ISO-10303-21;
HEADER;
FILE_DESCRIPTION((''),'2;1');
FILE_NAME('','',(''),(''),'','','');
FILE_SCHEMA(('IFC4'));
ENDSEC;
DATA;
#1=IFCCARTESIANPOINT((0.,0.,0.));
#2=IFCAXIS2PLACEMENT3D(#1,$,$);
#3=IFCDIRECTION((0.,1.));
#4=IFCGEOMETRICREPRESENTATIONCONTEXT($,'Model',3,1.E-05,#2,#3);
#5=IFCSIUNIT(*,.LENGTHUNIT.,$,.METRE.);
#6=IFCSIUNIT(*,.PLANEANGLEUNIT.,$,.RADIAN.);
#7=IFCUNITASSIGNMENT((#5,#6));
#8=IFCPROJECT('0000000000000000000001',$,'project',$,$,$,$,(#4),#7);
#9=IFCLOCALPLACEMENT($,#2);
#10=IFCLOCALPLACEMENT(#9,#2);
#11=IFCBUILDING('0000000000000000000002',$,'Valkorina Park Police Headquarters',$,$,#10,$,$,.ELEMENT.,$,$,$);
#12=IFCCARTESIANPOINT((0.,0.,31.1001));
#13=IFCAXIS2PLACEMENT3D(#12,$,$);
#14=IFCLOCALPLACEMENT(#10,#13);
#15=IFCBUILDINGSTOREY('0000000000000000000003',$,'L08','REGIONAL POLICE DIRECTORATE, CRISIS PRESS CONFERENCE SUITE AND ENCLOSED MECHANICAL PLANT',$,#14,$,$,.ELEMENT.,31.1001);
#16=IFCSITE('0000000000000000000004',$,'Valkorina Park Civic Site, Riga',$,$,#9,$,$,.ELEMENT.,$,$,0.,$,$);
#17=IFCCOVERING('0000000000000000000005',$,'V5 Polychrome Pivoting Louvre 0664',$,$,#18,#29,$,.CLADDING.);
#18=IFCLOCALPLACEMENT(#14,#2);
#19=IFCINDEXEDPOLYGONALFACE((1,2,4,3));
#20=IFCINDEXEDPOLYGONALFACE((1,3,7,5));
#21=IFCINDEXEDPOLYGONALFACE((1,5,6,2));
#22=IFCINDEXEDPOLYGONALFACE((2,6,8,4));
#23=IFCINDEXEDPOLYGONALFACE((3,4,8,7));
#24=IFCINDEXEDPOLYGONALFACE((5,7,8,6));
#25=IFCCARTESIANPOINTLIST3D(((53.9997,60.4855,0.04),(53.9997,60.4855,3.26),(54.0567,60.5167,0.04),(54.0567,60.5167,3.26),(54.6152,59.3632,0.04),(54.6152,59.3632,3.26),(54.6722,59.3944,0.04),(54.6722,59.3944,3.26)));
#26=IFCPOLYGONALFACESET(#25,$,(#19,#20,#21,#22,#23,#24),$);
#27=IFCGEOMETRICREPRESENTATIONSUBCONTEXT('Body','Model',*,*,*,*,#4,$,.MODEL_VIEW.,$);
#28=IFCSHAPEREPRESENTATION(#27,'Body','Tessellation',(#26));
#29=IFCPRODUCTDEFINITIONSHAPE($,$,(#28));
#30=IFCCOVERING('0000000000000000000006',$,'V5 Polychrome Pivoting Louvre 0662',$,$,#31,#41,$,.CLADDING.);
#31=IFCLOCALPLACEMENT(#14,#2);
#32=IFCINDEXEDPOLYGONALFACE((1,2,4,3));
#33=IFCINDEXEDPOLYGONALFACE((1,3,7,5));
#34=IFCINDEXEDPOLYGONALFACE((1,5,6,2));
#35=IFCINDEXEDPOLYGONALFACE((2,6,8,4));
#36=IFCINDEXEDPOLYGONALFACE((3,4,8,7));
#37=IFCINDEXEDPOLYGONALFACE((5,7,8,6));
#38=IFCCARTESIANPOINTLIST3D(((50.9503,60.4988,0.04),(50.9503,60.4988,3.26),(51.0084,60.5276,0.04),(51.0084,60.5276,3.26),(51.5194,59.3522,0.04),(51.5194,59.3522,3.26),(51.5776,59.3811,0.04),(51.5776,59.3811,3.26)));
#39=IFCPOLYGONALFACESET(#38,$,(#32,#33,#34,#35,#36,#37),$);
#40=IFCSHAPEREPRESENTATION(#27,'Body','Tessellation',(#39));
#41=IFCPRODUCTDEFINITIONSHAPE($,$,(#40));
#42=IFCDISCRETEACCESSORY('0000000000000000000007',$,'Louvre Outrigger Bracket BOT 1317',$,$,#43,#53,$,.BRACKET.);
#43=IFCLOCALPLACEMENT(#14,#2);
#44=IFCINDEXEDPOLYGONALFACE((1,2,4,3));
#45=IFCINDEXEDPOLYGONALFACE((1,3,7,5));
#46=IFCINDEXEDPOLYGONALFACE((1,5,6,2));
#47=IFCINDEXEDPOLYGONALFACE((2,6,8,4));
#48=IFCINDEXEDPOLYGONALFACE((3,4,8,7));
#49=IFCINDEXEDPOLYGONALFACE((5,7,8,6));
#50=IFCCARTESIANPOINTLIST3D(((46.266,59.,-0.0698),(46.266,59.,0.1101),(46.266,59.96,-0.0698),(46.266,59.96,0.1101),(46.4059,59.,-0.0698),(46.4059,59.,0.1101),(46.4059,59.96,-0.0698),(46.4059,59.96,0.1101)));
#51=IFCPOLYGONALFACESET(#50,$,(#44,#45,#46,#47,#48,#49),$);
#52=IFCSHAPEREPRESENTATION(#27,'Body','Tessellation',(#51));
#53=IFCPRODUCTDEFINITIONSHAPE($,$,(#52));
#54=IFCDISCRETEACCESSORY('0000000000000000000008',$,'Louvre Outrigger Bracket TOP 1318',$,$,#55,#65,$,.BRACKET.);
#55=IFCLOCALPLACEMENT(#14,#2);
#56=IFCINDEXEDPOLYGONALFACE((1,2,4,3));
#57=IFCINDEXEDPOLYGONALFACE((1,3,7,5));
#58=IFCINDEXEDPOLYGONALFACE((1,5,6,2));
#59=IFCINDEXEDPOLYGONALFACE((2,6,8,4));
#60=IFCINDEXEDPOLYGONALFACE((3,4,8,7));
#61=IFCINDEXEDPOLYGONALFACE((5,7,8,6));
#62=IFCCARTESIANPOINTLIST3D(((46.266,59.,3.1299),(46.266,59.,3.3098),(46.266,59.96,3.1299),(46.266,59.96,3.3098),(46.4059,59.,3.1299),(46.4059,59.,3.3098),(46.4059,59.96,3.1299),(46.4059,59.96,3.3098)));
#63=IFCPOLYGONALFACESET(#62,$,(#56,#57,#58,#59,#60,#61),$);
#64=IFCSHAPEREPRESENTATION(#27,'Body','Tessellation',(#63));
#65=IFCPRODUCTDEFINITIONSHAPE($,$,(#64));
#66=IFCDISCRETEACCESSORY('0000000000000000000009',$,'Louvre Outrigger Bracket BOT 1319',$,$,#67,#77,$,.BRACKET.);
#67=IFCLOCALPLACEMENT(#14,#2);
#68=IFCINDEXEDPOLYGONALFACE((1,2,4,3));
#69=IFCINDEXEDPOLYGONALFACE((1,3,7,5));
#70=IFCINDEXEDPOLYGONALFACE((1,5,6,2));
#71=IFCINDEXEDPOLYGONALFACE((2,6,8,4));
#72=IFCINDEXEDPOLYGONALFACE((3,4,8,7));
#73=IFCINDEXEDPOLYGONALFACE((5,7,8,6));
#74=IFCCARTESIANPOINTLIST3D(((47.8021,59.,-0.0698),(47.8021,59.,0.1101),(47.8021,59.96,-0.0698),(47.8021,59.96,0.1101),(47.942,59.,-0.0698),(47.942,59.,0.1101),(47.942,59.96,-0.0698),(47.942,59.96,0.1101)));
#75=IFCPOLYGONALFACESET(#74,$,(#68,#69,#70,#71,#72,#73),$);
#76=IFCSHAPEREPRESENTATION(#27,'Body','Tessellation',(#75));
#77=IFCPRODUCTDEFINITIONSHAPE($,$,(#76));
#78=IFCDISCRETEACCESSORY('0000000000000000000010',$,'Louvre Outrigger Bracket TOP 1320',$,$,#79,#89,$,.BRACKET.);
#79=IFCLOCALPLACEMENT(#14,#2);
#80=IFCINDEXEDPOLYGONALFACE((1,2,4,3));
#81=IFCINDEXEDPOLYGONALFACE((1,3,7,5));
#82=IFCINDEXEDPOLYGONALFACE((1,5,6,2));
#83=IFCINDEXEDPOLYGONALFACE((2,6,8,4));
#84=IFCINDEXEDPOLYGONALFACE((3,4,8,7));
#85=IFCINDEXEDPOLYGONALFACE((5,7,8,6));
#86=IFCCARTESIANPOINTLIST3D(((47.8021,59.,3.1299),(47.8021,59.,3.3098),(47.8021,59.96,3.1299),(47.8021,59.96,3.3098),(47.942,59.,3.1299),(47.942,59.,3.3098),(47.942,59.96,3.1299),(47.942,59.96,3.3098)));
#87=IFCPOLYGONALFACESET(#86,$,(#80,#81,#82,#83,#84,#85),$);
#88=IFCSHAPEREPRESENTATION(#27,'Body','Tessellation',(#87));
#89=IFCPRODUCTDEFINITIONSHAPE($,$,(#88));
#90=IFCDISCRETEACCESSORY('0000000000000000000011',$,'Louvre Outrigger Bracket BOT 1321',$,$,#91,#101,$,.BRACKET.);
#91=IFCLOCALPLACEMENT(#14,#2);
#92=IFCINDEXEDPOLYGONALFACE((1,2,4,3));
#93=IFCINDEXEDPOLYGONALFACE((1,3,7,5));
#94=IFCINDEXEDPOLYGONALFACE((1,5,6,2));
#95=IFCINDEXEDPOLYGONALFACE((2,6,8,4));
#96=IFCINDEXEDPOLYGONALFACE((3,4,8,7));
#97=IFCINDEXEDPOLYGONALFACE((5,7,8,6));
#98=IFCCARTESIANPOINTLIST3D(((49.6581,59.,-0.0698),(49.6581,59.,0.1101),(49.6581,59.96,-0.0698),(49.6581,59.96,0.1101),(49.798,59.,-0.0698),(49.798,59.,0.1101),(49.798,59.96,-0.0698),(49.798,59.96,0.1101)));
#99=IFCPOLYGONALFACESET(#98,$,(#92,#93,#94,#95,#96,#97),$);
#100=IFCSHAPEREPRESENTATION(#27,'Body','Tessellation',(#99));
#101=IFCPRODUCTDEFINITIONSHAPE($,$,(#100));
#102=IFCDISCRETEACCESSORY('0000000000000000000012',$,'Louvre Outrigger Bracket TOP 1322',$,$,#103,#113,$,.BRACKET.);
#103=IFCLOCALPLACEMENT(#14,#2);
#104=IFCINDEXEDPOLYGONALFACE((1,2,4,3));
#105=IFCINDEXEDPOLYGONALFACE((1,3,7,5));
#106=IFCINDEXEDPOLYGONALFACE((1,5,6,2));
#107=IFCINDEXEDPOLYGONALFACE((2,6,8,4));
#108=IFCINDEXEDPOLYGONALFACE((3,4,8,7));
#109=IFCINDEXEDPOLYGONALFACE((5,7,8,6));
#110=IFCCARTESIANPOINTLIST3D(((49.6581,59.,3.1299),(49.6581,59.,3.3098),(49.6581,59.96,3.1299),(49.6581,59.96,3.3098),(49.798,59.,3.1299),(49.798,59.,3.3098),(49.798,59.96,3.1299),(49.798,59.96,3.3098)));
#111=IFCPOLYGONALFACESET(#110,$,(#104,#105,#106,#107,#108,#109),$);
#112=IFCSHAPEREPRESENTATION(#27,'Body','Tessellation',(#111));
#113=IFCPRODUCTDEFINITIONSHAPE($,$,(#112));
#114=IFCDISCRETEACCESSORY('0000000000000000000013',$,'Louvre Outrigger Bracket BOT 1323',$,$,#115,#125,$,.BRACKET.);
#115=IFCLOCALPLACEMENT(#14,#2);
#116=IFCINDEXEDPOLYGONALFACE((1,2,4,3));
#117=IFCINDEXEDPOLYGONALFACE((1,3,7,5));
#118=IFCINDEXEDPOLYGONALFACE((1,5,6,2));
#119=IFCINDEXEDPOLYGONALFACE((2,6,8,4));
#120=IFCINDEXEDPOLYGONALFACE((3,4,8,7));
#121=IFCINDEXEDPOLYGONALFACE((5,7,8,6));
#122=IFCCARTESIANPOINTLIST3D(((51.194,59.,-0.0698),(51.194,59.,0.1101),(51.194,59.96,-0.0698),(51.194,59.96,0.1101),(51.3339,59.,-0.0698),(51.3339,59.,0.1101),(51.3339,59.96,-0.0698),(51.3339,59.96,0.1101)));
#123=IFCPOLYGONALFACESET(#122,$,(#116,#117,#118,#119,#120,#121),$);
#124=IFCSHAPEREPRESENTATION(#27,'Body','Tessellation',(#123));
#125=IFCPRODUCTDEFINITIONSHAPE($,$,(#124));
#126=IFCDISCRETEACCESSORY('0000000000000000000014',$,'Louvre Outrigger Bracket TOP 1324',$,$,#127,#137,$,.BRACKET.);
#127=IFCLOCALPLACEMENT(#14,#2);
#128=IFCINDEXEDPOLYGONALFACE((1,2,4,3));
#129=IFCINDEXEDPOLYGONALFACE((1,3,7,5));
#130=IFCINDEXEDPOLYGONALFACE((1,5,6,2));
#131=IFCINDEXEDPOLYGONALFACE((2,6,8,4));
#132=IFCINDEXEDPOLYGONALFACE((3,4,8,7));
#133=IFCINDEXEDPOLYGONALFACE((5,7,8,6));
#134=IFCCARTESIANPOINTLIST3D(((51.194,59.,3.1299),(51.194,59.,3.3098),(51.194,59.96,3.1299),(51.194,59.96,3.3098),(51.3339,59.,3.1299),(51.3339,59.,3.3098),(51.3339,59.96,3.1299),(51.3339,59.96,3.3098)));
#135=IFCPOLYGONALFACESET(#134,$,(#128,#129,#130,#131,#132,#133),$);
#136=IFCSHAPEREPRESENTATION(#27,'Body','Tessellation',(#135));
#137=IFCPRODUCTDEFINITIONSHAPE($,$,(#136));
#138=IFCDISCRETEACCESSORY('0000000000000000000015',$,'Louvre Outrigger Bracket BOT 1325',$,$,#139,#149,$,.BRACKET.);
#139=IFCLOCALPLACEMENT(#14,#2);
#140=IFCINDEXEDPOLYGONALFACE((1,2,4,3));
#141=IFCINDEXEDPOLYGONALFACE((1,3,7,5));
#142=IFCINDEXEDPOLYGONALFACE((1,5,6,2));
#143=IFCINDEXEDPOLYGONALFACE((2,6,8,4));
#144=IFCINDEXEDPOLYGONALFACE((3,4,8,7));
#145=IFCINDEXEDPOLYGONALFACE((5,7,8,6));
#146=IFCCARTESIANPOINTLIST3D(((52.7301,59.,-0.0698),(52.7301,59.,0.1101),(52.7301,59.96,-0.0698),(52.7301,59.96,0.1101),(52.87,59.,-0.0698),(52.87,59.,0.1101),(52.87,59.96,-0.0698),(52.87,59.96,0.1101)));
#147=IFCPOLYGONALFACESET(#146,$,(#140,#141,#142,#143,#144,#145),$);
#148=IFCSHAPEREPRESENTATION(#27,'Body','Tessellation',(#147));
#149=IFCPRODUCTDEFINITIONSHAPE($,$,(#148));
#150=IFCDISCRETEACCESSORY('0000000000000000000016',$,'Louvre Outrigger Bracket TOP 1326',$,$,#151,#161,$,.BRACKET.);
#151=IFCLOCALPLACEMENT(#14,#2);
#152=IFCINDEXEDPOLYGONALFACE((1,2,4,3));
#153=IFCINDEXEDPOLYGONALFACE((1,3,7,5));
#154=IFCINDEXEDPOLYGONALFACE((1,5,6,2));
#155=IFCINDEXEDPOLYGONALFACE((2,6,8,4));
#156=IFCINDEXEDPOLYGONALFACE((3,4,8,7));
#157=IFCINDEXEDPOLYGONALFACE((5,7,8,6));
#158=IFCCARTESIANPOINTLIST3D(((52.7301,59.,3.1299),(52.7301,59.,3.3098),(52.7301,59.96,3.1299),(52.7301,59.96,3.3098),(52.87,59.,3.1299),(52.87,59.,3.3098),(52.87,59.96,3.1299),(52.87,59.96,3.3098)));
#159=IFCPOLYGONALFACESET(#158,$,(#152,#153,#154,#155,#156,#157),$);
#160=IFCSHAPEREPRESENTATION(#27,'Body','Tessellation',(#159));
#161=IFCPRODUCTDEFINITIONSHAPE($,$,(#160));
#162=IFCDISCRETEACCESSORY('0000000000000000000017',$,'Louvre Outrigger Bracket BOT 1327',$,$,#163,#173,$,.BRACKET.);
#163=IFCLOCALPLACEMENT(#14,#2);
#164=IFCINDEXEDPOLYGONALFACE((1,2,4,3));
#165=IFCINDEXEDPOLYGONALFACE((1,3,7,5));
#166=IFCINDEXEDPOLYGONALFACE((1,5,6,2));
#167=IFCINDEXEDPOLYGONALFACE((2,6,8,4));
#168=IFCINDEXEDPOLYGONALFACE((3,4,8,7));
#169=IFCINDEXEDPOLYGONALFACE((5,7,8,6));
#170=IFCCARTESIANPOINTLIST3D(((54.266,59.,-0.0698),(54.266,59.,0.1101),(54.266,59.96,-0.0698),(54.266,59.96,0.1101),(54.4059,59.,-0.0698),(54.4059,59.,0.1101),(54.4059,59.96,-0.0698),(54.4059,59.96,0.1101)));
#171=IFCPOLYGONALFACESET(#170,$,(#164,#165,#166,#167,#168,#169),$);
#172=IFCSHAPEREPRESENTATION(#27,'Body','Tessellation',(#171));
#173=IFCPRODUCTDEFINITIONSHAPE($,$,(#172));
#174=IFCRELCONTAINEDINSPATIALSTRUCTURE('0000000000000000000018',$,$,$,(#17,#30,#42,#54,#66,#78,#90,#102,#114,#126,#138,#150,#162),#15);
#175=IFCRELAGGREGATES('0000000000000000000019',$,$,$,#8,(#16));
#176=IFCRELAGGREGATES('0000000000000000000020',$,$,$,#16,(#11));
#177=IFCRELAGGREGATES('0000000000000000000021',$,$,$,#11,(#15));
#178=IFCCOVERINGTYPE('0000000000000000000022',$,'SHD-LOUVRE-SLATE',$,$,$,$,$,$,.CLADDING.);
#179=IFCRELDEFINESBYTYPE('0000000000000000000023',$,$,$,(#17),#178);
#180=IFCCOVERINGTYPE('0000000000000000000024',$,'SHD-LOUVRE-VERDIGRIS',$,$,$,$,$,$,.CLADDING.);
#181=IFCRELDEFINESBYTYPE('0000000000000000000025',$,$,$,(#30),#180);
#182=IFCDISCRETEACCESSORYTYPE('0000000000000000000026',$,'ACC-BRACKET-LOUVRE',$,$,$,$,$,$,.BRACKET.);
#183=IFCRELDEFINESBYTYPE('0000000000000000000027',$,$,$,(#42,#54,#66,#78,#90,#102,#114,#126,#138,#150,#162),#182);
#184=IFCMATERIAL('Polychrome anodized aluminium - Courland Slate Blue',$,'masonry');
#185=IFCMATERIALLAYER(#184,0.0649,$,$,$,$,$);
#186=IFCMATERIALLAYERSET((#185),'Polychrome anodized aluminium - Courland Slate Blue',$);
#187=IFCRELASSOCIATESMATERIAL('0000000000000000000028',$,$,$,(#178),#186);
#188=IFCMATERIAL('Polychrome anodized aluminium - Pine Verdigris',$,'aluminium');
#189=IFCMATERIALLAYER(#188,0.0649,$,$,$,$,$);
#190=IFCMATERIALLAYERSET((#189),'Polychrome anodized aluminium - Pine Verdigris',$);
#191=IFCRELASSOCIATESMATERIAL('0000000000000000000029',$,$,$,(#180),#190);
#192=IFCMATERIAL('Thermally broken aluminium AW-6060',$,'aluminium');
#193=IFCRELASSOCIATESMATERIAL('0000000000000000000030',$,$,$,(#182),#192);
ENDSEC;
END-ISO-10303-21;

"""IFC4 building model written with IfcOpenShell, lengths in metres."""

from ifc_helpers import new_model, si_unit, direction, frame, origin, origin_2d, place, context, subcontext, project, spatial, rectangle, extrude, material, layer, layer_set, type_object, element, save


model = new_model("IFC4")

# Units and contexts
model_context = context("Model", 3, precision=1e-05, world=origin(), true_north=direction((0.0, 1.0)))
body_context = subcontext(model_context, "Body", "Model", "MODEL_VIEW")
ifc_project = project(units=[si_unit("LENGTHUNIT", "METRE"), si_unit("PLANEANGLEUNIT", "RADIAN")], contexts=[model_context])

# Site, building, storey
site_placement = place(None, origin())
site = spatial("IfcSite", under=ifc_project, at=site_placement, Name="Valkorina Park Civic Site, Riga", CompositionType="ELEMENT", RefElevation=0.0)
building_placement = place(site_placement, origin())
building = spatial("IfcBuilding", under=site, at=building_placement, Name="Valkorina Park Police Headquarters", CompositionType="ELEMENT")
storey_placement = place(building_placement, frame((0.0, 0.0, 31.1001)))
storey = spatial("IfcBuildingStorey", under=building, at=storey_placement, Name="L08", Description="REGIONAL POLICE DIRECTORATE, CRISIS PRESS CONFERENCE SUITE AND ENCLOSED MECHANICAL PLANT", CompositionType="ELEMENT", Elevation=31.1001)

# Shared definitions
ifc_material_1 = material(Name="Thermally broken aluminium AW-6060", Category="aluminium")

# Coverings
ifc_material_2 = material(Name="Polychrome anodized aluminium - Courland Slate Blue", Category="masonry")
ifc_layer_1 = layer(ifc_material_2, 0.0649)
ifc_layer_set_1 = layer_set([ifc_layer_1], Name="Polychrome anodized aluminium - Courland Slate Blue")
covering_type_1 = type_object("IfcCoveringType", Name="SHD-LOUVRE-SLATE", PredefinedType="CLADDING", material=ifc_layer_set_1)
for number, where, z_axis, x_axis, name in (
    (1, (54.3359, 59.9399, 0.04), (0.0, 0.0, 1.0), (-0.480836, 0.876811, 0.0), "V5 Polychrome Pivoting Louvre 0664"),
):
    element("IfcCovering", number, at=place(storey_placement, frame(where, z_axis=z_axis, x_axis=x_axis)), inside=storey, type_object=covering_type_1, Name=name, PredefinedType="CLADDING", context=body_context, shape_type="SweptSolid", body=[
        extrude(rectangle(XDim=1.28, YDim=0.0649, at=origin_2d()), origin(), (0.0, 0.0, 1.0), 3.22),
    ])
ifc_material_3 = material(Name="Polychrome anodized aluminium - Pine Verdigris", Category="aluminium")
ifc_layer_2 = layer(ifc_material_3, 0.0649)
ifc_layer_set_2 = layer_set([ifc_layer_2], Name="Polychrome anodized aluminium - Pine Verdigris")
covering_type_2 = type_object("IfcCoveringType", Name="SHD-LOUVRE-VERDIGRIS", PredefinedType="CLADDING", material=ifc_layer_set_2)
covering_1_placement = place(storey_placement, frame((51.2639, 59.9399, 0.04), z_axis=(0.0, 0.0, 1.0), x_axis=(-0.444635, 0.895712, 0.0)))
element("IfcCovering", 2, at=covering_1_placement, inside=storey, type_object=covering_type_2, Name="V5 Polychrome Pivoting Louvre 0662", PredefinedType="CLADDING", context=body_context, shape_type="SweptSolid", body=[
    extrude(rectangle(XDim=1.28, YDim=0.0649, at=origin_2d()), origin(), (0.0, 0.0, 1.0), 3.22),
])

# Discrete accessories
discrete_accessory_type = type_object("IfcDiscreteAccessoryType", Name="ACC-BRACKET-LOUVRE", PredefinedType="BRACKET", material=ifc_material_1)
for number, where, z_axis, x_axis, name in (
    (3, (46.3359, 59.48, -0.0698), (0.0, 0.0, 1.0), (0.0, 1.0, 0.0), "Louvre Outrigger Bracket BOT 1317"),
    (4, (46.3359, 59.48, 3.1299), (0.0, 0.0, 1.0), (0.0, 1.0, 0.0), "Louvre Outrigger Bracket TOP 1318"),
    (5, (47.8721, 59.48, -0.0698), (0.0, 0.0, 1.0), (0.0, 1.0, 0.0), "Louvre Outrigger Bracket BOT 1319"),
    (6, (47.8721, 59.48, 3.1299), (0.0, 0.0, 1.0), (0.0, 1.0, 0.0), "Louvre Outrigger Bracket TOP 1320"),
    (7, (49.728, 59.48, -0.0698), (0.0, 0.0, 1.0), (0.0, 1.0, 0.0), "Louvre Outrigger Bracket BOT 1321"),
    (8, (49.728, 59.48, 3.1299), (0.0, 0.0, 1.0), (0.0, 1.0, 0.0), "Louvre Outrigger Bracket TOP 1322"),
    (9, (51.2639, 59.48, -0.0698), (0.0, 0.0, 1.0), (0.0, 1.0, 0.0), "Louvre Outrigger Bracket BOT 1323"),
    (10, (51.2639, 59.48, 3.1299), (0.0, 0.0, 1.0), (0.0, 1.0, 0.0), "Louvre Outrigger Bracket TOP 1324"),
    (11, (52.8, 59.48, -0.0698), (0.0, 0.0, 1.0), (0.0, 1.0, 0.0), "Louvre Outrigger Bracket BOT 1325"),
    (12, (52.8, 59.48, 3.1299), (0.0, 0.0, 1.0), (0.0, 1.0, 0.0), "Louvre Outrigger Bracket TOP 1326"),
    (13, (54.3359, 59.48, -0.0698), (0.0, 0.0, 1.0), (0.0, 1.0, 0.0), "Louvre Outrigger Bracket BOT 1327"),
):
    element("IfcDiscreteAccessory", number, at=place(storey_placement, frame(where, z_axis=z_axis, x_axis=x_axis)), inside=storey, type_object=discrete_accessory_type, Name=name, PredefinedType="BRACKET", context=body_context, shape_type="SweptSolid", body=[
        extrude(rectangle(XDim=0.96, YDim=0.1399, at=origin_2d()), origin(), (0.0, 0.0, 1.0), 0.1799),
    ])

save(model, "model.ifc")
